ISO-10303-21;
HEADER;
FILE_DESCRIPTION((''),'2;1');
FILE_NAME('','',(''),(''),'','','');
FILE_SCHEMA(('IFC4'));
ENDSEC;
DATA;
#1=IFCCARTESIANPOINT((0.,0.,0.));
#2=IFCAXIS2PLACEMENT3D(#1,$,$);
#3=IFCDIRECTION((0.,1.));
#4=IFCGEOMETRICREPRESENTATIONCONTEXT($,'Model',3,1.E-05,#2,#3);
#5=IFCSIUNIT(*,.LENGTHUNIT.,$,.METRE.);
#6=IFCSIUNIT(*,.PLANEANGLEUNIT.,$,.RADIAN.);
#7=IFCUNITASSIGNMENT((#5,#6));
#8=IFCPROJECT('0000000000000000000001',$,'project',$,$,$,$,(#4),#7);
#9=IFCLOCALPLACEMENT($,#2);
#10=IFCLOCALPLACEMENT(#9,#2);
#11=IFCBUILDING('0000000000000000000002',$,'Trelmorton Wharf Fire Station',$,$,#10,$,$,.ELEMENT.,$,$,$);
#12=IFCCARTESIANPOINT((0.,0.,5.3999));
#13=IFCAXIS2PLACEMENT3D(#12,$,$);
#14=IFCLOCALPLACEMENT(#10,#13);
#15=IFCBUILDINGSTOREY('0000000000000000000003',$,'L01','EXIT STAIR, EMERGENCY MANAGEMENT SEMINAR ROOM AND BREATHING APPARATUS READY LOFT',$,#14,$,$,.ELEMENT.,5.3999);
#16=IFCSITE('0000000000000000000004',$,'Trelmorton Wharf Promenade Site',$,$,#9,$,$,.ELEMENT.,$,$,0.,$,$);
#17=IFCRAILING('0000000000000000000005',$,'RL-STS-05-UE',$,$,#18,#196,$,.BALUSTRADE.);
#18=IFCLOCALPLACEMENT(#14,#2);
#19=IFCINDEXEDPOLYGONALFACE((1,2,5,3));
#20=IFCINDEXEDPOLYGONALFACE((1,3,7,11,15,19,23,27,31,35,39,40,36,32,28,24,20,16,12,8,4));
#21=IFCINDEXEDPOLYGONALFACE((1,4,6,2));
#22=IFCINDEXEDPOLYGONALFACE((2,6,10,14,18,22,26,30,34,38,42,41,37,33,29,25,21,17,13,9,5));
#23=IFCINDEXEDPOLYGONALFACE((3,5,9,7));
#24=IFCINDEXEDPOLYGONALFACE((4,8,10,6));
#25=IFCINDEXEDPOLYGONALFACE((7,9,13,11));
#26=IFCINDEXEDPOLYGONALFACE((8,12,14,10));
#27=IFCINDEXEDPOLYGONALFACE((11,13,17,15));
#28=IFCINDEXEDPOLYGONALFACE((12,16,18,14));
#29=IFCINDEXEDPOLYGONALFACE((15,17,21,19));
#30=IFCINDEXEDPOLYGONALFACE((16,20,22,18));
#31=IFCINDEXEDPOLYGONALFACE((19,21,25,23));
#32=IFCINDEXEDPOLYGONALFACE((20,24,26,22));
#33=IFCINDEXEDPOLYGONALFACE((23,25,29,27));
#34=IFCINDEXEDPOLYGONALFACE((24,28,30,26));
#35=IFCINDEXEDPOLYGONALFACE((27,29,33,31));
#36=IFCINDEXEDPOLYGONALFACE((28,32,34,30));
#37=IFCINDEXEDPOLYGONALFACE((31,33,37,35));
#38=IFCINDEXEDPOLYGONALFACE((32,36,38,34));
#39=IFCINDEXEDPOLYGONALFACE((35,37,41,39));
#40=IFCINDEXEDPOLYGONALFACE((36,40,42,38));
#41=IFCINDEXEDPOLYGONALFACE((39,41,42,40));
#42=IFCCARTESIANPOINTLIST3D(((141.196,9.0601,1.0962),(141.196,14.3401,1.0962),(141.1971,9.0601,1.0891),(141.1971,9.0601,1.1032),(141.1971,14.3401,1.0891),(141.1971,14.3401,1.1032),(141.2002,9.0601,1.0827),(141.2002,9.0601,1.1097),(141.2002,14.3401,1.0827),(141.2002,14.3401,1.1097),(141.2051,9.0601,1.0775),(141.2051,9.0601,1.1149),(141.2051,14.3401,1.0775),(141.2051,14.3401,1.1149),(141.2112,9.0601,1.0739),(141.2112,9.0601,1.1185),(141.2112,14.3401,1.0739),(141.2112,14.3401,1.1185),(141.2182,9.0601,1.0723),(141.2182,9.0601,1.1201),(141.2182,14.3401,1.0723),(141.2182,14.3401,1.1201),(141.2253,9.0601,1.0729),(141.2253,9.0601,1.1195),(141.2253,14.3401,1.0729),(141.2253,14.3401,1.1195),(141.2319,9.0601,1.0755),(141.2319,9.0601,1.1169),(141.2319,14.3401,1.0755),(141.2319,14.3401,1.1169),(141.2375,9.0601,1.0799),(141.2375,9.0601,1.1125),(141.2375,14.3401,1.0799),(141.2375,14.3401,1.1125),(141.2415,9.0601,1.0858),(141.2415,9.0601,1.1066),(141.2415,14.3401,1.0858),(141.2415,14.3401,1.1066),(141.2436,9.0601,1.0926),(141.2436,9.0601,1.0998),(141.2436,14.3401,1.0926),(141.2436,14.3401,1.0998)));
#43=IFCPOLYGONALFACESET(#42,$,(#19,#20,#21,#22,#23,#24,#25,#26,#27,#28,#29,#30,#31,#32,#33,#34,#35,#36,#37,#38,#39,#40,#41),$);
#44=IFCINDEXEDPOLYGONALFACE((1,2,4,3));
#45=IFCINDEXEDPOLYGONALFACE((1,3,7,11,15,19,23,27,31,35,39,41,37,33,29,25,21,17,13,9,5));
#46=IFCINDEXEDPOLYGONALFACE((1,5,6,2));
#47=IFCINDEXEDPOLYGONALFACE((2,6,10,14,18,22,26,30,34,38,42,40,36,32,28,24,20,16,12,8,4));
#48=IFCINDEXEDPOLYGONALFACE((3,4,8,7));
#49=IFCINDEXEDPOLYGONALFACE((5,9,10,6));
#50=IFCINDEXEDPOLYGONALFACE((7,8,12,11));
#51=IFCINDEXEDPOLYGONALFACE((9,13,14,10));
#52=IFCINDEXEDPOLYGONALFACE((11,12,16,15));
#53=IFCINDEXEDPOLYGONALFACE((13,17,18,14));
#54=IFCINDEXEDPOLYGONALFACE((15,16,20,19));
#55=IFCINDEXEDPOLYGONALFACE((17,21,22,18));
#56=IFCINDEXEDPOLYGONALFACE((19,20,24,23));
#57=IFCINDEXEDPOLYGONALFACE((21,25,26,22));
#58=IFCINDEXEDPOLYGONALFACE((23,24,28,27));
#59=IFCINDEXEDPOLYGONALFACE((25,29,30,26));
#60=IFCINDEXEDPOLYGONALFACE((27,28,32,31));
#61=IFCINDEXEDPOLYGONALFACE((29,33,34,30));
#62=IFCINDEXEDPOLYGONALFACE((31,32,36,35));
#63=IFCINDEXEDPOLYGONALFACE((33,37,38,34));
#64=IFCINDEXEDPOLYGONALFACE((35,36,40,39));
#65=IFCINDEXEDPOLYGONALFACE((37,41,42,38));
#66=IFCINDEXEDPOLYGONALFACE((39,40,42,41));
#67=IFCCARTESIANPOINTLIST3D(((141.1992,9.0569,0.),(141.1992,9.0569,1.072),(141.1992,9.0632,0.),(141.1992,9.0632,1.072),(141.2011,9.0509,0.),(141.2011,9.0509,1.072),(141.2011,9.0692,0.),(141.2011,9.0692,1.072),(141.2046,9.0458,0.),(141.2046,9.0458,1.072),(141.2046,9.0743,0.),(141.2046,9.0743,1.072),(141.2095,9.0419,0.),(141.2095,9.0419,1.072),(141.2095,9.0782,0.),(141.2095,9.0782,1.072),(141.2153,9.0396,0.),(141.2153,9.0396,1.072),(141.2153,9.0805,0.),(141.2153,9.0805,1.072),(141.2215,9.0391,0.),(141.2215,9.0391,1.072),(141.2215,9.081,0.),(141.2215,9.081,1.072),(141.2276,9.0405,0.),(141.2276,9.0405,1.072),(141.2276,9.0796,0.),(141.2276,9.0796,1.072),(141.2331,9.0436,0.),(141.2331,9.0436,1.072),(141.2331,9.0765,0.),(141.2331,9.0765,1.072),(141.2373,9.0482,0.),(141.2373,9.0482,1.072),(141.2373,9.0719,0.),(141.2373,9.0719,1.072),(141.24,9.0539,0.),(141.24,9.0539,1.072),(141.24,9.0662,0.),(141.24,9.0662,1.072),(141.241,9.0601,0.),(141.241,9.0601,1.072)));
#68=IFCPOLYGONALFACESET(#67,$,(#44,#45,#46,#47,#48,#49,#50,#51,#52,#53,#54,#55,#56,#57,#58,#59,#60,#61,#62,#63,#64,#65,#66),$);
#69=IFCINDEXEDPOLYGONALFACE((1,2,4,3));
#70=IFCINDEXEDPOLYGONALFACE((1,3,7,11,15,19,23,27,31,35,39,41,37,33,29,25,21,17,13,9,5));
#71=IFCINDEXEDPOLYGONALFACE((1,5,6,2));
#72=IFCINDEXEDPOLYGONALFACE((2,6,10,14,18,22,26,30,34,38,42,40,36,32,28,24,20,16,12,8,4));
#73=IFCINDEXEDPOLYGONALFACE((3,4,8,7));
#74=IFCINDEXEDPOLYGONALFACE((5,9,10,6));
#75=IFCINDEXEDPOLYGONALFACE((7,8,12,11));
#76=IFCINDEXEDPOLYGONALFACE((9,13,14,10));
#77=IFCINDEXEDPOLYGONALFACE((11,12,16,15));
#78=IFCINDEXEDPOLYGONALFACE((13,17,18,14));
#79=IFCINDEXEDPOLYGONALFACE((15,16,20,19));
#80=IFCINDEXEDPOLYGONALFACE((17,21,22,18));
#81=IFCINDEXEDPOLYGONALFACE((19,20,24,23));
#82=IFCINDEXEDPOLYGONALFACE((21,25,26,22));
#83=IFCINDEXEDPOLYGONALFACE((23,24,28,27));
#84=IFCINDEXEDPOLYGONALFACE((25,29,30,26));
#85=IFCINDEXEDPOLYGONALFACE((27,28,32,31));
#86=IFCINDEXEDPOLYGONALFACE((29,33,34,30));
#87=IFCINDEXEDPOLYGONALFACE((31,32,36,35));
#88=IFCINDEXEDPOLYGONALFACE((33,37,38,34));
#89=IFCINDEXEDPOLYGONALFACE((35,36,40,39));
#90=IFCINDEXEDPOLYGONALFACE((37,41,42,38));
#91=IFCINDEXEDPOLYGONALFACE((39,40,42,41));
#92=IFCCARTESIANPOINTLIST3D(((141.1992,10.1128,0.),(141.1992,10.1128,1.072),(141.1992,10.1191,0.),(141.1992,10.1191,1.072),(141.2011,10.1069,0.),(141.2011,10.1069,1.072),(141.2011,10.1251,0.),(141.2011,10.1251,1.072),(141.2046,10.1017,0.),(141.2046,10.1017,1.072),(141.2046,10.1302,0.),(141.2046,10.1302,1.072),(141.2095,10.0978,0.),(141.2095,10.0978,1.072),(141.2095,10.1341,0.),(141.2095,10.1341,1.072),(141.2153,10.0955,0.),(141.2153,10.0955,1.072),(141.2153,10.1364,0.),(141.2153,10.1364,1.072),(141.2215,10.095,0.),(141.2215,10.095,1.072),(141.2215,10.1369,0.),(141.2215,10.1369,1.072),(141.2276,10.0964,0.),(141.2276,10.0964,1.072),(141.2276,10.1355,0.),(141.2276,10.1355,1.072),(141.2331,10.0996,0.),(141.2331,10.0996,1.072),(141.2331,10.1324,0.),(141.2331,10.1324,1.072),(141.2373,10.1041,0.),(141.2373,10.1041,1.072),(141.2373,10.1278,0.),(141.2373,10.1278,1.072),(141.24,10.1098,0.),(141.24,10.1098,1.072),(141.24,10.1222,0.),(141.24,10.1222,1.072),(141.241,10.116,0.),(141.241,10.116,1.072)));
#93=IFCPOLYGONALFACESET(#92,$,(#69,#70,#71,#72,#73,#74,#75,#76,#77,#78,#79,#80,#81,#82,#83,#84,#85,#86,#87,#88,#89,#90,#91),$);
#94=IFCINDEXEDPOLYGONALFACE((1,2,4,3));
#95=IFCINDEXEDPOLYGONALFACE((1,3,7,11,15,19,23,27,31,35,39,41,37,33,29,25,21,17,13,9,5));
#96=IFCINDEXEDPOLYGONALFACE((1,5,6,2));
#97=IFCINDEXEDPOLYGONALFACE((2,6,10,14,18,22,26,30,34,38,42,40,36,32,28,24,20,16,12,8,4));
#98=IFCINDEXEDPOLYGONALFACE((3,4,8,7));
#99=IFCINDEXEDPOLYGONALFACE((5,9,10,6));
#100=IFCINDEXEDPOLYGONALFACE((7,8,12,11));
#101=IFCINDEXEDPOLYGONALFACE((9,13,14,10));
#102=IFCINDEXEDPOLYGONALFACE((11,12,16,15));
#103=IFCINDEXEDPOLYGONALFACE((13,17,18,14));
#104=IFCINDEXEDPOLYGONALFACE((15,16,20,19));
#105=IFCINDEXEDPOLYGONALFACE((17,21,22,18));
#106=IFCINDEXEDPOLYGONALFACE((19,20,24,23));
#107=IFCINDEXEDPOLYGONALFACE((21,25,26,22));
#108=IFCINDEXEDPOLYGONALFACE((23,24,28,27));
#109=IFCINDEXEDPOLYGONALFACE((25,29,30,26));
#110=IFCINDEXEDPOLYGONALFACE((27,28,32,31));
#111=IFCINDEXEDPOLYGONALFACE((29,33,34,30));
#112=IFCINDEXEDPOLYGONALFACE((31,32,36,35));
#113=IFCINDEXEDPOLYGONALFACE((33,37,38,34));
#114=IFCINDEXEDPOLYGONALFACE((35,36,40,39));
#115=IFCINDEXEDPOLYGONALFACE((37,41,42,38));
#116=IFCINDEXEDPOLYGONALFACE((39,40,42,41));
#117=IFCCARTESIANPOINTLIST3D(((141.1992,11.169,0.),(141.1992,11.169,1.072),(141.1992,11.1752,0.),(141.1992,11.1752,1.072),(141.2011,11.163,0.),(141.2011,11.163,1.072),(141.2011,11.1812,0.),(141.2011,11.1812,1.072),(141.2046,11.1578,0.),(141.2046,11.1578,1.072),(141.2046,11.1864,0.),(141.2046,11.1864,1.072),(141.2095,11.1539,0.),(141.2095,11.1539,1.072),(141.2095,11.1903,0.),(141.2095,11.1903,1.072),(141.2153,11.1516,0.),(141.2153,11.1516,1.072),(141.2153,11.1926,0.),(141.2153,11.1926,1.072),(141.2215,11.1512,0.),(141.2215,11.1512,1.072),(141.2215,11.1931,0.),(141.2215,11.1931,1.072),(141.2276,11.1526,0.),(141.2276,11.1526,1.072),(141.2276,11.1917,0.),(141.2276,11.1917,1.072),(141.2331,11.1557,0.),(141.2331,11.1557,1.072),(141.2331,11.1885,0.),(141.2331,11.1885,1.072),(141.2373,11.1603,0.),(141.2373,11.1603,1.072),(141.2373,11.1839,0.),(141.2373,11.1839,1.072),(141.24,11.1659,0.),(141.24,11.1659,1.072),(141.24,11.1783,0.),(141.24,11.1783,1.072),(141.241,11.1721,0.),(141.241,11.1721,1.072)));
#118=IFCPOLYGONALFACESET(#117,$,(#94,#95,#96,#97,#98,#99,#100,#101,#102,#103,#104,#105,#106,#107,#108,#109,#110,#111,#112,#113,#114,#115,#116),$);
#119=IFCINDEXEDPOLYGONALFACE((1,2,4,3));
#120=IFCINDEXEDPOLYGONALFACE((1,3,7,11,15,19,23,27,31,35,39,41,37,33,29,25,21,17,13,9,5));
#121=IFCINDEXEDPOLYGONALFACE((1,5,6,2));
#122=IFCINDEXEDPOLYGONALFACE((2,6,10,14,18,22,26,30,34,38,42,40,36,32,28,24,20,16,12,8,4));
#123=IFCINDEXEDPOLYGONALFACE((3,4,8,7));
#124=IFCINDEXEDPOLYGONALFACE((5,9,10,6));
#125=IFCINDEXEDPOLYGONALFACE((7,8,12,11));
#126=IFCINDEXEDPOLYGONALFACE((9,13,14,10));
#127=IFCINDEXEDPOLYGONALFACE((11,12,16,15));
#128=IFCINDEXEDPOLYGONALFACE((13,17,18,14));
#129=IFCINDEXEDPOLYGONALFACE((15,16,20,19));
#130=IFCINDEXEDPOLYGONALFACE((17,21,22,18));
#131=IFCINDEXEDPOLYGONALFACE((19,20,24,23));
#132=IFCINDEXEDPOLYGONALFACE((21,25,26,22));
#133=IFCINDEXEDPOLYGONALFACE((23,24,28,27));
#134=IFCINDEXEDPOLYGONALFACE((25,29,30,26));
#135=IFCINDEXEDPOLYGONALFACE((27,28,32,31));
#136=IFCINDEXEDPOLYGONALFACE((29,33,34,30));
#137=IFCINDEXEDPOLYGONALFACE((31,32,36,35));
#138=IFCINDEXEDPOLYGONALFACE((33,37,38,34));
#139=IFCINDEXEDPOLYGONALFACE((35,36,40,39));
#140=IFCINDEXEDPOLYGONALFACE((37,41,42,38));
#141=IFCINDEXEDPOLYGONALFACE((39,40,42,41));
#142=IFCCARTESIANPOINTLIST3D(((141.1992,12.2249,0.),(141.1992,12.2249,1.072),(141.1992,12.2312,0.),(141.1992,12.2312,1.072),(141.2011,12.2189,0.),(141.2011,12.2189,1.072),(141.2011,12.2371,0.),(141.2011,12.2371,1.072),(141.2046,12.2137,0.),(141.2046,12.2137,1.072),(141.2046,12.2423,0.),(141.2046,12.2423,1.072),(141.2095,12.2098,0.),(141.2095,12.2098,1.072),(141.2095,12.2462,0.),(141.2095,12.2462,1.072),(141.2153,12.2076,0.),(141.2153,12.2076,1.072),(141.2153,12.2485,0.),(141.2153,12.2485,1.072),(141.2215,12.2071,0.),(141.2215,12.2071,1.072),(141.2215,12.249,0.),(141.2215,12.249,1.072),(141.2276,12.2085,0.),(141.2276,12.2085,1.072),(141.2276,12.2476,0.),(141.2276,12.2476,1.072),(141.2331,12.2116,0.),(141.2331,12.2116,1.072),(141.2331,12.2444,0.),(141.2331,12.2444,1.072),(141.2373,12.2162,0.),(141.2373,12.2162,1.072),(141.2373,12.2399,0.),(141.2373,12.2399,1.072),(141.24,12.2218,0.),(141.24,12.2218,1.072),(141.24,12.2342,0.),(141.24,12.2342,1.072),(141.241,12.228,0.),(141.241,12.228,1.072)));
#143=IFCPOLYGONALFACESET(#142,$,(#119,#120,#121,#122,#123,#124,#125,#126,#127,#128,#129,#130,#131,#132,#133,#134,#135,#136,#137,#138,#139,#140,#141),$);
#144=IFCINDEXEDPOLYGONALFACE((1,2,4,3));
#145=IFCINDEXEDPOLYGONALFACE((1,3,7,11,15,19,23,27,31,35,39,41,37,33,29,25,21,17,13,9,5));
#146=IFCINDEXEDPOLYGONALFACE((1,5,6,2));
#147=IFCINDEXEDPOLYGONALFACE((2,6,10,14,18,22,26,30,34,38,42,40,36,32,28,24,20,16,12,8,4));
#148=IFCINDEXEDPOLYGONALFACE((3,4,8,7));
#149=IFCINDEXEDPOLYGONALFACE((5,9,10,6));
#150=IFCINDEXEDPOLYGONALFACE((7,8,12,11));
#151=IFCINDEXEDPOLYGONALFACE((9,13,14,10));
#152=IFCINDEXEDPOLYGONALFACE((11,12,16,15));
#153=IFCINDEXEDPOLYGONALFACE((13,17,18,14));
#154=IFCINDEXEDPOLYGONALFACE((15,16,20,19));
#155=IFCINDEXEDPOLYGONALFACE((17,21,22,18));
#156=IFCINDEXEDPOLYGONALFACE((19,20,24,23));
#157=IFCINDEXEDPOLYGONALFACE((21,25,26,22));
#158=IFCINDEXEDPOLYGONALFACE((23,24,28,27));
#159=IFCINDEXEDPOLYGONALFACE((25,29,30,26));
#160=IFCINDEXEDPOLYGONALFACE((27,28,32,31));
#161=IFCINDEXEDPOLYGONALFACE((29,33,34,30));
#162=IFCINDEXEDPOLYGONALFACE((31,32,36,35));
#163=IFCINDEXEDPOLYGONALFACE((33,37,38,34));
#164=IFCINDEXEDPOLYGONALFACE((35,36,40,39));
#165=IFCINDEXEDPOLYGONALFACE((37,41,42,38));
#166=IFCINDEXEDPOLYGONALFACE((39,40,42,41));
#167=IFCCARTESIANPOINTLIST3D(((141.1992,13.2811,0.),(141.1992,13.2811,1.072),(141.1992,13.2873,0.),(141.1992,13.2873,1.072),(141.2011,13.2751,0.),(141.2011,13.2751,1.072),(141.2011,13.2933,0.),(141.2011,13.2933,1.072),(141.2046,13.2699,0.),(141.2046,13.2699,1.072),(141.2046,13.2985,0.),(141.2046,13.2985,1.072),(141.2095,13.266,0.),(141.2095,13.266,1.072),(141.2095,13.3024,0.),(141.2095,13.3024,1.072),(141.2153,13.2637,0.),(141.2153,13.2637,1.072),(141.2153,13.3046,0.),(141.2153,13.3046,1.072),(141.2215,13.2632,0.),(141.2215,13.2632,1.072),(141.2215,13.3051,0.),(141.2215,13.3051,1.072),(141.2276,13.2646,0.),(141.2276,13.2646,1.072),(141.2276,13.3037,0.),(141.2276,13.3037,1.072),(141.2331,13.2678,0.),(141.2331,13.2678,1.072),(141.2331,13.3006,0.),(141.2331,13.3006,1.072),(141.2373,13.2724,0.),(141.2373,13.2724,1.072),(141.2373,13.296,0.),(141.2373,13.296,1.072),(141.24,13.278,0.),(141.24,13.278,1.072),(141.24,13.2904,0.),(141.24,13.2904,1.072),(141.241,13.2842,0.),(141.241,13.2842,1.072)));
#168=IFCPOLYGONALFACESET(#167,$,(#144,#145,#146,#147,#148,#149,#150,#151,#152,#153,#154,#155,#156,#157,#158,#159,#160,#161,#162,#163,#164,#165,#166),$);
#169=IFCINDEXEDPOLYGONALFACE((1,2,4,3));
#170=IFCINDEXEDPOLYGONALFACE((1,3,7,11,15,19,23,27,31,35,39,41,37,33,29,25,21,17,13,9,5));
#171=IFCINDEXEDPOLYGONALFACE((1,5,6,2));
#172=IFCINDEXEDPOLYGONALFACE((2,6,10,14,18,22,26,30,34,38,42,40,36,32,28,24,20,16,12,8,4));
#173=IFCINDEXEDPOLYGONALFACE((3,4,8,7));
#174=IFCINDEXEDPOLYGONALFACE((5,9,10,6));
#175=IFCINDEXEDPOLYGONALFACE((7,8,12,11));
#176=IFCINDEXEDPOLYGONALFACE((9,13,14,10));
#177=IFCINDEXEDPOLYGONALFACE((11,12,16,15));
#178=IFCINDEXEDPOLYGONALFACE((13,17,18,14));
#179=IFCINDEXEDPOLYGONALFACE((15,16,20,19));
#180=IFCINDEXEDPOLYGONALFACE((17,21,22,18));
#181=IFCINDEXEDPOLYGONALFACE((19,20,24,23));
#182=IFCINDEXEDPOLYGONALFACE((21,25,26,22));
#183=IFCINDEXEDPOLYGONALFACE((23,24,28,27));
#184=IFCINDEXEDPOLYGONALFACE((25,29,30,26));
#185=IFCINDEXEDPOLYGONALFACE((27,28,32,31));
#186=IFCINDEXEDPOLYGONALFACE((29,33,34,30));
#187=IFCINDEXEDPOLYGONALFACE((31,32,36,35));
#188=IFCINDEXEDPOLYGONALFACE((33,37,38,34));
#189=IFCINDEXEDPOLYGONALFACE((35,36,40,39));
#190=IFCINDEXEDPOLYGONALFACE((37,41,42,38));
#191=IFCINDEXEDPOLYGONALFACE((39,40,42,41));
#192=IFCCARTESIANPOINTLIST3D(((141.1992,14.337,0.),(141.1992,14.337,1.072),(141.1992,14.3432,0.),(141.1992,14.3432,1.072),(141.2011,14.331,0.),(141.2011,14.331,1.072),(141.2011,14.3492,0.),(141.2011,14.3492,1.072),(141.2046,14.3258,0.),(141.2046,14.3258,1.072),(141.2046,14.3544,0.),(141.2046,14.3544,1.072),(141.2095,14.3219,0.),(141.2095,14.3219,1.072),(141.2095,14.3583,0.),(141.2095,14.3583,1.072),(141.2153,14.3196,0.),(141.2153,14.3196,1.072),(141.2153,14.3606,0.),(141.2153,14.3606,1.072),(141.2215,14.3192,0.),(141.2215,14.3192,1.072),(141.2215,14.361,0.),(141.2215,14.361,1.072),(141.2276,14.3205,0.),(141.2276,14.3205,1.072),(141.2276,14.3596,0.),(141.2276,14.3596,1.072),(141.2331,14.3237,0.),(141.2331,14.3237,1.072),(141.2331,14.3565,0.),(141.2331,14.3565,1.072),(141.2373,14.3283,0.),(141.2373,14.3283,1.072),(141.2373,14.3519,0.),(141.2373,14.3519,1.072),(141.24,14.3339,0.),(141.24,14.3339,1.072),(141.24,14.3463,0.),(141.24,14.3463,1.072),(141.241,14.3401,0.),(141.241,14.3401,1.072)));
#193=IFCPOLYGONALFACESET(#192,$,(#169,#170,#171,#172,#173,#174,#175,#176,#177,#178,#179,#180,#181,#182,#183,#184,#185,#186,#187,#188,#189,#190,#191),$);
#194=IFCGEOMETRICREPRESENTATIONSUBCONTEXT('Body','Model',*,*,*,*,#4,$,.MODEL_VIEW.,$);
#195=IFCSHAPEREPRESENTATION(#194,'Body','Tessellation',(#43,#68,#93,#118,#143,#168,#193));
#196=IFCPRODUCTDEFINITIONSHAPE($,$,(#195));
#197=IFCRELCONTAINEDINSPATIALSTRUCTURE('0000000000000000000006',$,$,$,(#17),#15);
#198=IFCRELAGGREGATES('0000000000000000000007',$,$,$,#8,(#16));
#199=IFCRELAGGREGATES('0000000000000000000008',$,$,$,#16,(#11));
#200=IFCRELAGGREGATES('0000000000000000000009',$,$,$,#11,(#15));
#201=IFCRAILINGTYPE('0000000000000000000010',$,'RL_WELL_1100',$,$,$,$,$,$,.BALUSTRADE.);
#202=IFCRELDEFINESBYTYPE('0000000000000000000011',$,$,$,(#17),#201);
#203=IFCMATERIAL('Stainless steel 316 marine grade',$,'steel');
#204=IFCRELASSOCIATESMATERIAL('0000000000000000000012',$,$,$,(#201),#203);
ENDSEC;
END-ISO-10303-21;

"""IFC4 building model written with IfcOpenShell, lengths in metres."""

from ifc_helpers import new_model, si_unit, direction, frame, origin, origin_2d, place, context, subcontext, project, spatial, circle, extrude, material, type_object, element, save


model = new_model("IFC4")

# Units and contexts
model_context = context("Model", 3, precision=1e-05, world=origin(), true_north=direction((0.0, 1.0)))
body_context = subcontext(model_context, "Body", "Model", "MODEL_VIEW")
ifc_project = project(units=[si_unit("LENGTHUNIT", "METRE"), si_unit("PLANEANGLEUNIT", "RADIAN")], contexts=[model_context])

# Site, building, storey
site_placement = place(None, origin())
site = spatial("IfcSite", under=ifc_project, at=site_placement, Name="Trelmorton Wharf Promenade Site", CompositionType="ELEMENT", RefElevation=0.0)
building_placement = place(site_placement, origin())
building = spatial("IfcBuilding", under=site, at=building_placement, Name="Trelmorton Wharf Fire Station", CompositionType="ELEMENT")
storey_placement = place(building_placement, frame((0.0, 0.0, 5.3999)))
storey = spatial("IfcBuildingStorey", under=building, at=storey_placement, Name="L01", Description="EXIT STAIR, EMERGENCY MANAGEMENT SEMINAR ROOM AND BREATHING APPARATUS READY LOFT", CompositionType="ELEMENT", Elevation=5.3999)

# Railing
ifc_material_1 = material(Name="Stainless steel 316 marine grade", Category="steel")
railing_type = type_object("IfcRailingType", Name="RL_WELL_1100", PredefinedType="BALUSTRADE", material=ifc_material_1)
railing_1_placement = place(storey_placement, frame((141.22, 9.0601, 0.0)))
element("IfcRailing", 1, at=railing_1_placement, inside=storey, type_object=railing_type, Name="RL-STS-05-UE", PredefinedType="BALUSTRADE", context=body_context, shape_type="SweptSolid", body=[
    extrude(circle(Radius=0.0239, at=origin_2d()), frame((0.0, 0.0, 1.0962), z_axis=(0.0, 1.0, 0.0), x_axis=(-1.0, 0.0, 0.0)), (0.0, 0.0, 1.0), 5.28),
    extrude(circle(Radius=0.021, at=origin_2d()), origin(), (0.0, 0.0, 1.0), 1.072),
    extrude(circle(Radius=0.021, at=origin_2d()), frame((0.0, 1.0559, 0.0)), (0.0, 0.0, 1.0), 1.072),
    extrude(circle(Radius=0.021, at=origin_2d()), frame((0.0, 2.1121, 0.0)), (0.0, 0.0, 1.0), 1.072),
    extrude(circle(Radius=0.021, at=origin_2d()), frame((0.0, 3.168, 0.0)), (0.0, 0.0, 1.0), 1.072),
    extrude(circle(Radius=0.021, at=origin_2d()), frame((0.0, 4.2241, 0.0)), (0.0, 0.0, 1.0), 1.072),
    extrude(circle(Radius=0.021, at=origin_2d()), frame((0.0, 5.28, 0.0)), (0.0, 0.0, 1.0), 1.072),
])

save(model, "model.ifc")
